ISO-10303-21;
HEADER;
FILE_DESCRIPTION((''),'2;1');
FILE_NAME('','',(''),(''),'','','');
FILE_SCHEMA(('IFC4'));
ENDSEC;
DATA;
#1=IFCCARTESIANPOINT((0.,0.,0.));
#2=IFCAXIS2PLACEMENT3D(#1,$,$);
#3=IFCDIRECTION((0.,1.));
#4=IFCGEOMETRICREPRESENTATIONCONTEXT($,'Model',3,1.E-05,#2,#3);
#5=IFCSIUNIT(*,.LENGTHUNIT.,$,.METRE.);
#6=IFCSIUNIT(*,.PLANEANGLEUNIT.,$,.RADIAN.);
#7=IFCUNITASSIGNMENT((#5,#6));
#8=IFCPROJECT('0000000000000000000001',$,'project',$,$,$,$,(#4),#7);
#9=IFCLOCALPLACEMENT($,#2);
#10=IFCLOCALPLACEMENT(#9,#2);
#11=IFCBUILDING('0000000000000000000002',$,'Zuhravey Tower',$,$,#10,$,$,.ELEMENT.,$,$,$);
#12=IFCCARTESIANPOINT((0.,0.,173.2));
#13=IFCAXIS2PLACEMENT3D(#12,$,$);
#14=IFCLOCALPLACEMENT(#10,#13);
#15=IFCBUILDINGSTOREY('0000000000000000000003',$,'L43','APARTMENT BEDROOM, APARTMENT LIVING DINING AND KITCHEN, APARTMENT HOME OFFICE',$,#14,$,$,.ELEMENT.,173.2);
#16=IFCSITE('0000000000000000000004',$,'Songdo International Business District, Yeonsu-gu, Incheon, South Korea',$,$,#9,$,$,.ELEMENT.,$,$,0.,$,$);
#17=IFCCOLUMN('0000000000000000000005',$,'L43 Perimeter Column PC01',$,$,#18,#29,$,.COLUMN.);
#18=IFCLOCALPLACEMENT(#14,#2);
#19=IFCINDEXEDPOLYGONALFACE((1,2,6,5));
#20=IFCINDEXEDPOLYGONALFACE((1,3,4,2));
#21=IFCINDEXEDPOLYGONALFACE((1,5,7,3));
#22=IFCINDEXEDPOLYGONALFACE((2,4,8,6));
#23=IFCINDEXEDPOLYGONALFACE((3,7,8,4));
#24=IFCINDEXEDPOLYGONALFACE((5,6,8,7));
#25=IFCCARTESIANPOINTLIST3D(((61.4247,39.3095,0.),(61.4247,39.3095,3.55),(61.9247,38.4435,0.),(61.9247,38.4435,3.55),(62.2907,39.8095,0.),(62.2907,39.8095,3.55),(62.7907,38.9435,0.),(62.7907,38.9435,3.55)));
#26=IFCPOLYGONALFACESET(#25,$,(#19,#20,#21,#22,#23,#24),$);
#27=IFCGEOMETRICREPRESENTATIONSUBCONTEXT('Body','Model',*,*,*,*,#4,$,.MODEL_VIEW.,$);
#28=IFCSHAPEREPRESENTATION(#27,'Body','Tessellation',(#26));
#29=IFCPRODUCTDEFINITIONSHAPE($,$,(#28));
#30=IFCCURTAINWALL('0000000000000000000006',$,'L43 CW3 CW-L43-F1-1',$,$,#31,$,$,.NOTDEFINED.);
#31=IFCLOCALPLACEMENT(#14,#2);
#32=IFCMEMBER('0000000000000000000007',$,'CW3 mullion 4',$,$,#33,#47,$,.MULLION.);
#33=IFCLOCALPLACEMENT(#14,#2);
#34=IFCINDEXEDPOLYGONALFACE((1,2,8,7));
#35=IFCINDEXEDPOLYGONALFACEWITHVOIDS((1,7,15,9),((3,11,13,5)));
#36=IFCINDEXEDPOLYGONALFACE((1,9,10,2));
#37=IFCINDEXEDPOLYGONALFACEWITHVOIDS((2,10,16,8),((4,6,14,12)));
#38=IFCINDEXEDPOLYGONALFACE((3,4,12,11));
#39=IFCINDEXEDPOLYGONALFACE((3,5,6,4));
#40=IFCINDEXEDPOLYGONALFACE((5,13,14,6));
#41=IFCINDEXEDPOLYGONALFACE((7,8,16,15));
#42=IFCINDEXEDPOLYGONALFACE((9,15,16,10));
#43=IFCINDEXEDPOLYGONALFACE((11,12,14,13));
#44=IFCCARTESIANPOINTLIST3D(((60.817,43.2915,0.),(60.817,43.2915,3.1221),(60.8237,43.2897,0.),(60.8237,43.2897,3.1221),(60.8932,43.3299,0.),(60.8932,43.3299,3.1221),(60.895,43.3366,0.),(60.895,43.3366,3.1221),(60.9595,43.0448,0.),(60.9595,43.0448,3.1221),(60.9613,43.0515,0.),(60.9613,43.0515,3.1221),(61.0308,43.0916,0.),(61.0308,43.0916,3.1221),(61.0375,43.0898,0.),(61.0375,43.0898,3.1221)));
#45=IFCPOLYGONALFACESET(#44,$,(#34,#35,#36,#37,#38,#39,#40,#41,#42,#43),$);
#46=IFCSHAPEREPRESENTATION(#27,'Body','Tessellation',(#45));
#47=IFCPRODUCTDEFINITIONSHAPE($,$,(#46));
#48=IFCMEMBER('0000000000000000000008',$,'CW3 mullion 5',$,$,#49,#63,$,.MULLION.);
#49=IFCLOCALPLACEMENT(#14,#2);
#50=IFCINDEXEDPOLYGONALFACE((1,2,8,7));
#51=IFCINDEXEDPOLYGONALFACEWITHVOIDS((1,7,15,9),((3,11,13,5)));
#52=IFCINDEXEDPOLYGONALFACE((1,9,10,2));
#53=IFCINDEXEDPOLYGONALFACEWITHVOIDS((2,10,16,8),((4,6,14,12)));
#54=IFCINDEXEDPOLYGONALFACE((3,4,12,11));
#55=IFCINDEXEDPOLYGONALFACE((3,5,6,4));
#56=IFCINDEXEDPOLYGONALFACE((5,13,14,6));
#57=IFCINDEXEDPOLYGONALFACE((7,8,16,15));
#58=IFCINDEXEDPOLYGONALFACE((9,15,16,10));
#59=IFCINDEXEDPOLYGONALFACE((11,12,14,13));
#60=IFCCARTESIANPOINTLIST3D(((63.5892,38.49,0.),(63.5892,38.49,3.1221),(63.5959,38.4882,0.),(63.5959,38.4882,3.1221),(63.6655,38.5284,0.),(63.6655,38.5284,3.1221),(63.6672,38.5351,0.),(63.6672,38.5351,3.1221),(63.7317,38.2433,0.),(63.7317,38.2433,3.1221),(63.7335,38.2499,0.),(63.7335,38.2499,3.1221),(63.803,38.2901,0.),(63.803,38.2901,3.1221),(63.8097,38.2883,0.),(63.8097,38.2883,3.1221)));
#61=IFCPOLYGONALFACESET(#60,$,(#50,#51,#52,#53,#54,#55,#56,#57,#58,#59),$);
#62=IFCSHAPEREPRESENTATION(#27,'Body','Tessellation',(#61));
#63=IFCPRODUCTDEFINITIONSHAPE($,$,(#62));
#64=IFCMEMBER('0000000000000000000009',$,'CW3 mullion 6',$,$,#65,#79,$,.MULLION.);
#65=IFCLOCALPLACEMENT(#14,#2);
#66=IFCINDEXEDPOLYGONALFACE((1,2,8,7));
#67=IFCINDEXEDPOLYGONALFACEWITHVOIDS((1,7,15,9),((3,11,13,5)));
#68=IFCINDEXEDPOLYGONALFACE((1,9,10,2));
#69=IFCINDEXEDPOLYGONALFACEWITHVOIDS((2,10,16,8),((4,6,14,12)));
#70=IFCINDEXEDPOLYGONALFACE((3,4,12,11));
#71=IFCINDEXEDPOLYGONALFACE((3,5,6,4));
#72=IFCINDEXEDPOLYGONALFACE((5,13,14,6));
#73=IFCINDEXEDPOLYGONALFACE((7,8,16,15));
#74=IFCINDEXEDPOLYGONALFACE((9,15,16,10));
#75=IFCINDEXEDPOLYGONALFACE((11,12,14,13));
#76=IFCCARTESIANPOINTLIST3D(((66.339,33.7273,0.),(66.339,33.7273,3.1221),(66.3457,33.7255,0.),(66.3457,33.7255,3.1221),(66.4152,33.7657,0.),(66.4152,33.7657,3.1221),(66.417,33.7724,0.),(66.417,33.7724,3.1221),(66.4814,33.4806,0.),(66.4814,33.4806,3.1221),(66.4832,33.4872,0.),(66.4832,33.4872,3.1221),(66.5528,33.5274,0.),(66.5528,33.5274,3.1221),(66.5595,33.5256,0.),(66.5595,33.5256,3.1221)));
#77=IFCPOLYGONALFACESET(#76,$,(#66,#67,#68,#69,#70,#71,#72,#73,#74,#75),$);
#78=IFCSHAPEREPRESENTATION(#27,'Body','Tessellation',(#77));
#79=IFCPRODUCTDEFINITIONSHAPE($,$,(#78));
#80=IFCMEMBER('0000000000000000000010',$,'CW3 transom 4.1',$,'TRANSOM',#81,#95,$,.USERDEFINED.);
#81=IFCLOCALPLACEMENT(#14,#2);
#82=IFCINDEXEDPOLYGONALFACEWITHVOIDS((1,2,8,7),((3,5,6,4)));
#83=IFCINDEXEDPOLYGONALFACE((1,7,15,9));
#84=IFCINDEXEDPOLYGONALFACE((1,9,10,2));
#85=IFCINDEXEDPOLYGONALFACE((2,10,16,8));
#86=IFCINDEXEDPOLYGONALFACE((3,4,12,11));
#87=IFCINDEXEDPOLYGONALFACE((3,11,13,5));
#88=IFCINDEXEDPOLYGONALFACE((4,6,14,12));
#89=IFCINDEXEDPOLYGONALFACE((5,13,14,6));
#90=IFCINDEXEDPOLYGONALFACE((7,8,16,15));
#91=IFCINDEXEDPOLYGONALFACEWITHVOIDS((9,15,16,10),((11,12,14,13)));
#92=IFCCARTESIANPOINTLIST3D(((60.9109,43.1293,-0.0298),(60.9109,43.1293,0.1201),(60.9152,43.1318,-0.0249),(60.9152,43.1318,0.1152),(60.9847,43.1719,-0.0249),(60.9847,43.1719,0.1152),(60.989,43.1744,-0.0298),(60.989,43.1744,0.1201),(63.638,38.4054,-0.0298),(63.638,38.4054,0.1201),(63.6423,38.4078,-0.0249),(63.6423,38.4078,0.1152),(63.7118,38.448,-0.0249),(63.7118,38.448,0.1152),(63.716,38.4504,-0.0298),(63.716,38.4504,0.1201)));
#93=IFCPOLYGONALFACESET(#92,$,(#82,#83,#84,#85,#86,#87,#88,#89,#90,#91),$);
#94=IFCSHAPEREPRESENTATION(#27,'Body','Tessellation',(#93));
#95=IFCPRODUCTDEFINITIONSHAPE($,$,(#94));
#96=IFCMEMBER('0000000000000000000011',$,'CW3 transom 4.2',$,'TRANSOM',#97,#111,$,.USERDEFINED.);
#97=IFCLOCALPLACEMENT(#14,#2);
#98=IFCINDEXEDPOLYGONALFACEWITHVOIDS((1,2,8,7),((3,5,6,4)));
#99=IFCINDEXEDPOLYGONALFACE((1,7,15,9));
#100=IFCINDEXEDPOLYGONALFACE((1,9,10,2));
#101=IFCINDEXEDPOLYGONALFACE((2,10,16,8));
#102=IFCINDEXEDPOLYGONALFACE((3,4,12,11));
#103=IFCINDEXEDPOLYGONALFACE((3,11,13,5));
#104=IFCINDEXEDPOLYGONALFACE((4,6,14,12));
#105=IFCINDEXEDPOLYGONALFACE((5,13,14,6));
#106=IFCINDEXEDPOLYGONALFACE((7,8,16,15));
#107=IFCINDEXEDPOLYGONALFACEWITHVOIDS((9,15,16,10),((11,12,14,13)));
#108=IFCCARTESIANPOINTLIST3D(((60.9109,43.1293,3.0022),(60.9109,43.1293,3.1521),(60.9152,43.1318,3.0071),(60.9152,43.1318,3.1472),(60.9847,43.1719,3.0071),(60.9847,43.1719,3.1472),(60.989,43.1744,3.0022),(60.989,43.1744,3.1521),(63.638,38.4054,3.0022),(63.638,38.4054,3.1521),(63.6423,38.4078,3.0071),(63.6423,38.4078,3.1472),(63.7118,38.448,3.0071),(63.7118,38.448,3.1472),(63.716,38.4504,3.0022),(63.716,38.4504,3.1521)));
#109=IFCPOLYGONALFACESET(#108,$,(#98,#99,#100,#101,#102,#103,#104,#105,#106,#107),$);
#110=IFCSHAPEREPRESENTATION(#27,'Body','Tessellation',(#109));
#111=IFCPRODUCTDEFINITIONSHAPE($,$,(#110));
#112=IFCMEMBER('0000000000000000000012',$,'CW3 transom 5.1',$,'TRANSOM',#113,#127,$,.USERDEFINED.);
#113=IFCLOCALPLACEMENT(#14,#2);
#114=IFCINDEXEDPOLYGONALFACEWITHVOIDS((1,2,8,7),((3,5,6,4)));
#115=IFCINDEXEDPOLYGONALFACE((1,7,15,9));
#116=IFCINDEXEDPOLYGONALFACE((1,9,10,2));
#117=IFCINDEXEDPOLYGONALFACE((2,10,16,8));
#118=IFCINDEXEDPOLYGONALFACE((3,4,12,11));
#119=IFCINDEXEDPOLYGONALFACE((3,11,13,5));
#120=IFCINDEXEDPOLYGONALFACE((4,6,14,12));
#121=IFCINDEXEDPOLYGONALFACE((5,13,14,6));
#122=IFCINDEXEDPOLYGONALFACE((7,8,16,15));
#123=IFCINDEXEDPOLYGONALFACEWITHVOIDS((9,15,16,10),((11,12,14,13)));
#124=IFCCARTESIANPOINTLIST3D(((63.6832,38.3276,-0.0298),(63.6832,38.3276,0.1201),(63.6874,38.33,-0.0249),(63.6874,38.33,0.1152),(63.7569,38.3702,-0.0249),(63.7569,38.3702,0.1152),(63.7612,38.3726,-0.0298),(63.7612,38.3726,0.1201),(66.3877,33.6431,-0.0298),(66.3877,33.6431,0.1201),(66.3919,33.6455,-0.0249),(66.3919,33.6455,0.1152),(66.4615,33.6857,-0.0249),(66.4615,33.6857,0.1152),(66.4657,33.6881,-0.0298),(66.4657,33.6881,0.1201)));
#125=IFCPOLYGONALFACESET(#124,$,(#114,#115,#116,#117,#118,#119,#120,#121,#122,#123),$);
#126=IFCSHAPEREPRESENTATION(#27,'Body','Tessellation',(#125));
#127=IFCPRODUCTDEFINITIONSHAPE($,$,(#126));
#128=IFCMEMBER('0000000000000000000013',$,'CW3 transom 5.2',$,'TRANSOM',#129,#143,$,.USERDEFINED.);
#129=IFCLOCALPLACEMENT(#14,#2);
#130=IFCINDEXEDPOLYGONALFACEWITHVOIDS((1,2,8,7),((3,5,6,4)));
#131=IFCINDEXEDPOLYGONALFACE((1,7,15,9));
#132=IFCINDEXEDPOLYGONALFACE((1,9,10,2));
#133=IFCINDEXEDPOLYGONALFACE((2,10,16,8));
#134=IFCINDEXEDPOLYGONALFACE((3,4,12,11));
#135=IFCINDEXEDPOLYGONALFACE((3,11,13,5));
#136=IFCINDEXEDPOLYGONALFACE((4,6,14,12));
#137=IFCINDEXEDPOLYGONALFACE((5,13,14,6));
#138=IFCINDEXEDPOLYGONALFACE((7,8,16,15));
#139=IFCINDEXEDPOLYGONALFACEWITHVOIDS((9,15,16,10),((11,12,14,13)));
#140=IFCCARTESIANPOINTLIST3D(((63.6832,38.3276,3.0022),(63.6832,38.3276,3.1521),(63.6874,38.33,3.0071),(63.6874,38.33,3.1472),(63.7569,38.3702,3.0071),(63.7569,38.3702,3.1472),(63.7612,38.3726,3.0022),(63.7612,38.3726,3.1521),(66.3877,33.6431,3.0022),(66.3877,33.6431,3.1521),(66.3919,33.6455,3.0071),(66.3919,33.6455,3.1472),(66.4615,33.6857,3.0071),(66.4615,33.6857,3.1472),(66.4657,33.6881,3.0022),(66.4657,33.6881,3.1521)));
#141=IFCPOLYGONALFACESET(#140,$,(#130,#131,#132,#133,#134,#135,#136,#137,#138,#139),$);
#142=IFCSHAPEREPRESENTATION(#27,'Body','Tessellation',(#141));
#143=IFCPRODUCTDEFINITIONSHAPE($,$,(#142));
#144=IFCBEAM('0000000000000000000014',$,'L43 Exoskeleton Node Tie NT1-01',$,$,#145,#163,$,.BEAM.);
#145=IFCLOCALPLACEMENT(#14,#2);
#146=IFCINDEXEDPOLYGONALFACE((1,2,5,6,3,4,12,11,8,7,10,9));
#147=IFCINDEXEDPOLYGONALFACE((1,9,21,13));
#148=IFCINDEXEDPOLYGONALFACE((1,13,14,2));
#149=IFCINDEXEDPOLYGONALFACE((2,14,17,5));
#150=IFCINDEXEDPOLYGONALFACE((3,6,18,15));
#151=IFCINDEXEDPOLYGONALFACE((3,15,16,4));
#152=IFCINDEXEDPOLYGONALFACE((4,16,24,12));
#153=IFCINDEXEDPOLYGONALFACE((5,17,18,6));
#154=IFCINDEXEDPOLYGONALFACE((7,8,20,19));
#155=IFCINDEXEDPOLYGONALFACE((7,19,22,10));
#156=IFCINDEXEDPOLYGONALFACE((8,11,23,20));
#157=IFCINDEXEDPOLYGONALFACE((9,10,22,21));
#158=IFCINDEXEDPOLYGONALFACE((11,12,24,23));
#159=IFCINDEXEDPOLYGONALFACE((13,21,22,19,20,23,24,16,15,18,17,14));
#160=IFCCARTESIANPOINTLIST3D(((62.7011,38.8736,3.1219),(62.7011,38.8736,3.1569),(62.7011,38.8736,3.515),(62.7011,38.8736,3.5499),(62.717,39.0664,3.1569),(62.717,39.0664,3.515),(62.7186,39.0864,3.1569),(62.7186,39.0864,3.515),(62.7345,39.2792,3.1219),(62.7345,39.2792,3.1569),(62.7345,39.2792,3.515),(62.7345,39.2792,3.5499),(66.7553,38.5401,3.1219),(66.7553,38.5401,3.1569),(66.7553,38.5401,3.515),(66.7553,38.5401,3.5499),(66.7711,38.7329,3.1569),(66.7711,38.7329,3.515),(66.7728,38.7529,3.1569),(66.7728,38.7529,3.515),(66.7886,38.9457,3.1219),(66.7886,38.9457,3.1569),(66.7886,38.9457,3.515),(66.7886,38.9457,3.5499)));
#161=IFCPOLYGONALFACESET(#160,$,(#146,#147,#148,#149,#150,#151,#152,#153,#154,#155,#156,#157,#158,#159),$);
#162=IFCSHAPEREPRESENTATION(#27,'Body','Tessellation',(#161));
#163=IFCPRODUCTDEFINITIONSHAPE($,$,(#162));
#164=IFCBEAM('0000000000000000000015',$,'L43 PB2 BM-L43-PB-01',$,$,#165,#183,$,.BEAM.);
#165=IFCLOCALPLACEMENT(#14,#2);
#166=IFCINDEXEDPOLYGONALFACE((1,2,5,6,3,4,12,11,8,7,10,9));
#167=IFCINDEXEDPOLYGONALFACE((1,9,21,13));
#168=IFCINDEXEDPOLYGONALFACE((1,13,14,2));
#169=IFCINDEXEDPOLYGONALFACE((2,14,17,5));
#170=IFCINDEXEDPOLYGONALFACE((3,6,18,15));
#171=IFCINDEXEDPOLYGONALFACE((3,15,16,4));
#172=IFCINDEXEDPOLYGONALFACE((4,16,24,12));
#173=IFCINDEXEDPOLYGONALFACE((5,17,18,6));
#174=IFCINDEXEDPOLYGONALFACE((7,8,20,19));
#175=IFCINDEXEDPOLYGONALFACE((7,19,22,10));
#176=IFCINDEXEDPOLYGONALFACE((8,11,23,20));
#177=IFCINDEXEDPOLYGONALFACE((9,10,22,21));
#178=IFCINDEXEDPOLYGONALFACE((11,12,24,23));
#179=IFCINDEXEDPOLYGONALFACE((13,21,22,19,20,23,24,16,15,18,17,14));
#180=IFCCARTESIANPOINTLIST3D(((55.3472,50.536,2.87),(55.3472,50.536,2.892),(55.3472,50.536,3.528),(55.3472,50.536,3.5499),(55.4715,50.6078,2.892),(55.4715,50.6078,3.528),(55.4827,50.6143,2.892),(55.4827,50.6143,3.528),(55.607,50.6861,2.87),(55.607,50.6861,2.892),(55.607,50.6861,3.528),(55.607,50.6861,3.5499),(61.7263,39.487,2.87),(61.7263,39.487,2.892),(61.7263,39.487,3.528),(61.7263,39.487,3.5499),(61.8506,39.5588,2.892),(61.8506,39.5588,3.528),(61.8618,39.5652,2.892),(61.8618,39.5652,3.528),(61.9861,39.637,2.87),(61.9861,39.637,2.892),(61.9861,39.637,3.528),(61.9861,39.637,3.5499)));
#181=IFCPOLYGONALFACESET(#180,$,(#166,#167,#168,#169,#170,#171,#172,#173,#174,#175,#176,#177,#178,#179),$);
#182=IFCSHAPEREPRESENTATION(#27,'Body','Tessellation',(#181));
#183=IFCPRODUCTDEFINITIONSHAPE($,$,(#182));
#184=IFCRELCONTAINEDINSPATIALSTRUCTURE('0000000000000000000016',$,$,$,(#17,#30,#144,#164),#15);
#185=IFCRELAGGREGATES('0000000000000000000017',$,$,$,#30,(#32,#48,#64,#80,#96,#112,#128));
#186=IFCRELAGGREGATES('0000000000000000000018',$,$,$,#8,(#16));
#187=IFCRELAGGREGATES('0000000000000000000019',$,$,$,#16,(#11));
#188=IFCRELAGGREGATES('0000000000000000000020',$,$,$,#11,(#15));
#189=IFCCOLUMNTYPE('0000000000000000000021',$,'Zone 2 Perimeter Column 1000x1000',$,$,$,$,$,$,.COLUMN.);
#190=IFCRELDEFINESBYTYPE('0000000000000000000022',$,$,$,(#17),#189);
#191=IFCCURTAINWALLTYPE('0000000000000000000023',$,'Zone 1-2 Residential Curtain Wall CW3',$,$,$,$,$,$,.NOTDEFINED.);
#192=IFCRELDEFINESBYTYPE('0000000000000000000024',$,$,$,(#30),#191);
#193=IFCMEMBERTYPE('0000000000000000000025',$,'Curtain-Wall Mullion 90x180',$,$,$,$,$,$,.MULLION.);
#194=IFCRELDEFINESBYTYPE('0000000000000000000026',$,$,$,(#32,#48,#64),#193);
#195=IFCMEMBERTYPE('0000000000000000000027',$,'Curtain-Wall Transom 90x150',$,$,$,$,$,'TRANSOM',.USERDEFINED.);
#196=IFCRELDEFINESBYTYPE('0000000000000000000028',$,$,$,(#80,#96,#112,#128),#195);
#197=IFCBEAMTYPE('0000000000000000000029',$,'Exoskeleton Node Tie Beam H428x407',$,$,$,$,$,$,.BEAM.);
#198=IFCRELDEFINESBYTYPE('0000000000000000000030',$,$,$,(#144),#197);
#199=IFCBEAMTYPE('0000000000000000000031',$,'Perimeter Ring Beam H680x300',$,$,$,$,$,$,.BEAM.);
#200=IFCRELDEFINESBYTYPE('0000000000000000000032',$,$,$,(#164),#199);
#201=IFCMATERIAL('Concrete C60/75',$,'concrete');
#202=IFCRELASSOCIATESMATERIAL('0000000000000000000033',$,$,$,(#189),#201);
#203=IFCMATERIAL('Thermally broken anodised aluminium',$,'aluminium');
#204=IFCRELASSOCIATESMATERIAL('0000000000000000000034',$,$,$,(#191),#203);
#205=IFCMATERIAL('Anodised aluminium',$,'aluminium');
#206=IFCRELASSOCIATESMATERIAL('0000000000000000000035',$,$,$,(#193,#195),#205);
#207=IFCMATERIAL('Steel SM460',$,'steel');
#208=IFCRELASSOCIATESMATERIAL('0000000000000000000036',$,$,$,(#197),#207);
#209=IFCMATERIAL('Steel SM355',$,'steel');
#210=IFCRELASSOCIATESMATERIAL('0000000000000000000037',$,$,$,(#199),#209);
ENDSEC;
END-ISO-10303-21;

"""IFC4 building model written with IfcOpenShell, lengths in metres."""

from ifc_helpers import new_model, si_unit, direction, frame, origin, origin_2d, place, context, subcontext, project, spatial, rectangle, hollow_rectangle, i_section, extrude, material, material_profile, profile_set, type_object, element, aggregate, save


model = new_model("IFC4")

# Units and contexts
model_context = context("Model", 3, precision=1e-05, world=origin(), true_north=direction((0.0, 1.0)))
body_context = subcontext(model_context, "Body", "Model", "MODEL_VIEW")
ifc_project = project(units=[si_unit("LENGTHUNIT", "METRE"), si_unit("PLANEANGLEUNIT", "RADIAN")], contexts=[model_context])

# Site, building, storey
site_placement = place(None, origin())
site = spatial("IfcSite", under=ifc_project, at=site_placement, Name="Songdo International Business District, Yeonsu-gu, Incheon, South Korea", CompositionType="ELEMENT", RefElevation=0.0)
building_placement = place(site_placement, origin())
building = spatial("IfcBuilding", under=site, at=building_placement, Name="Zuhravey Tower", CompositionType="ELEMENT")
storey_placement = place(building_placement, frame((0.0, 0.0, 173.2)))
storey = spatial("IfcBuildingStorey", under=building, at=storey_placement, Name="L43", Description="APARTMENT BEDROOM, APARTMENT LIVING DINING AND KITCHEN, APARTMENT HOME OFFICE", CompositionType="ELEMENT", Elevation=173.2)

# Column
ifc_material_1 = material(Name="Concrete C60/75", Category="concrete")
ifc_material_profile_1 = material_profile(ifc_material_1, rectangle(XDim=1.0, YDim=1.0, at=origin_2d()), Name="RC-1000x1000")
ifc_profile_set_1 = profile_set([ifc_material_profile_1], Name="Concrete C60/75")
column_type = type_object("IfcColumnType", Name="Zone 2 Perimeter Column 1000x1000", PredefinedType="COLUMN", material=ifc_profile_set_1)
column_placement = place(storey_placement, frame((62.1077, 39.1265, 0.0), z_axis=(0.0, 0.0, 1.0), x_axis=(-0.5, 0.866025, 0.0)))
element("IfcColumn", 1, at=column_placement, inside=storey, type_object=column_type, Name="L43 Perimeter Column PC01", PredefinedType="COLUMN", context=body_context, shape_type="SweptSolid", body=[
    extrude(rectangle(XDim=1.0, YDim=1.0, at=origin_2d()), origin(), (0.0, 0.0, 1.0), 3.55),
])

# Curtain wall, members
ifc_material_2 = material(Name="Thermally broken anodised aluminium", Category="aluminium")
curtain_wall_type = type_object("IfcCurtainWallType", Name="Zone 1-2 Residential Curtain Wall CW3", PredefinedType="NOTDEFINED", material=ifc_material_2)
curtain_wall_placement = place(storey_placement, origin())
curtain_wall = element("IfcCurtainWall", 2, at=curtain_wall_placement, inside=storey, type_object=curtain_wall_type, Name="L43 CW3 CW-L43-F1-1", PredefinedType="NOTDEFINED")
ifc_material_3 = material(Name="Anodised aluminium", Category="aluminium")
ifc_material_profile_2 = material_profile(ifc_material_3, hollow_rectangle(XDim=0.0901, YDim=0.2849, WallThickness=0.0049, at=origin_2d()), Name="ALU-RHS-90x285x5")
ifc_profile_set_2 = profile_set([ifc_material_profile_2], Name="Anodised aluminium")
member_type_1 = type_object("IfcMemberType", Name="Curtain-Wall Mullion 90x180", PredefinedType="MULLION", material=ifc_profile_set_2)
member_1_placement = place(storey_placement, frame((60.9272, 43.1907, 0.0), z_axis=(0.0, 0.0, 1.0), x_axis=(0.866025, 0.5, 0.0)))
member_1 = element("IfcMember", 3, at=member_1_placement, type_object=member_type_1, Name="CW3 mullion 4", PredefinedType="MULLION", context=body_context, shape_type="SweptSolid", body=[
    extrude(hollow_rectangle(XDim=0.0901, YDim=0.2849, WallThickness=0.0049, at=origin_2d()), origin(), (0.0, 0.0, 1.0), 3.1221),
])
member_2_placement = place(storey_placement, frame((63.6995, 38.3892, 0.0), z_axis=(0.0, 0.0, 1.0), x_axis=(0.866025, 0.5, 0.0)))
member_2 = element("IfcMember", 4, at=member_2_placement, type_object=member_type_1, Name="CW3 mullion 5", PredefinedType="MULLION", context=body_context, shape_type="SweptSolid", body=[
    extrude(hollow_rectangle(XDim=0.0901, YDim=0.2849, WallThickness=0.0049, at=origin_2d()), origin(), (0.0, 0.0, 1.0), 3.1221),
])
member_3_placement = place(storey_placement, frame((66.4492, 33.6265, 0.0), z_axis=(0.0, 0.0, 1.0), x_axis=(0.866025, 0.5, 0.0)))
member_3 = element("IfcMember", 5, at=member_3_placement, type_object=member_type_1, Name="CW3 mullion 6", PredefinedType="MULLION", context=body_context, shape_type="SweptSolid", body=[
    extrude(hollow_rectangle(XDim=0.0901, YDim=0.2849, WallThickness=0.0049, at=origin_2d()), origin(), (0.0, 0.0, 1.0), 3.1221),
])
ifc_material_profile_3 = material_profile(ifc_material_3, hollow_rectangle(XDim=0.0901, YDim=0.1499, WallThickness=0.0049, at=origin_2d()), Name="ALU-RHS-90x150x5")
ifc_profile_set_3 = profile_set([ifc_material_profile_3], Name="Anodised aluminium")
member_type_2 = type_object("IfcMemberType", Name="Curtain-Wall Transom 90x150", ElementType="TRANSOM", PredefinedType="USERDEFINED", material=ifc_profile_set_3)
member_4_placement = place(storey_placement, frame((60.95, 43.1519, 0.0452), z_axis=(0.499961, -0.866048, 0.0), x_axis=(0.866048, 0.499961, 0.0)))
member_4 = element("IfcMember", 6, at=member_4_placement, type_object=member_type_2, Name="CW3 transom 4.1", ObjectType="TRANSOM", PredefinedType="USERDEFINED", context=body_context, shape_type="SweptSolid", body=[
    extrude(hollow_rectangle(XDim=0.0901, YDim=0.1499, WallThickness=0.0049, at=origin_2d()), origin(), (0.0, 0.0, 1.0), 5.4546),
])
member_5_placement = place(storey_placement, frame((60.95, 43.1519, 3.0771), z_axis=(0.499961, -0.866048, 0.0), x_axis=(0.866048, 0.499961, 0.0)))
member_5 = element("IfcMember", 7, at=member_5_placement, type_object=member_type_2, Name="CW3 transom 4.2", ObjectType="TRANSOM", PredefinedType="USERDEFINED", context=body_context, shape_type="SweptSolid", body=[
    extrude(hollow_rectangle(XDim=0.0901, YDim=0.1499, WallThickness=0.0049, at=origin_2d()), origin(), (0.0, 0.0, 1.0), 5.4546),
])
member_6_placement = place(storey_placement, frame((63.7222, 38.3501, 0.0452), z_axis=(0.499993, -0.866029, 0.0), x_axis=(0.866029, 0.499993, 0.0)))
member_6 = element("IfcMember", 8, at=member_6_placement, type_object=member_type_2, Name="CW3 transom 5.1", ObjectType="TRANSOM", PredefinedType="USERDEFINED", context=body_context, shape_type="SweptSolid", body=[
    extrude(hollow_rectangle(XDim=0.0901, YDim=0.1499, WallThickness=0.0049, at=origin_2d()), origin(), (0.0, 0.0, 1.0), 5.4092),
])
member_7_placement = place(storey_placement, frame((63.7222, 38.3501, 3.0771), z_axis=(0.499993, -0.866029, 0.0), x_axis=(0.866029, 0.499993, 0.0)))
member_7 = element("IfcMember", 9, at=member_7_placement, type_object=member_type_2, Name="CW3 transom 5.2", ObjectType="TRANSOM", PredefinedType="USERDEFINED", context=body_context, shape_type="SweptSolid", body=[
    extrude(hollow_rectangle(XDim=0.0901, YDim=0.1499, WallThickness=0.0049, at=origin_2d()), origin(), (0.0, 0.0, 1.0), 5.4092),
])

# Beams
ifc_material_4 = material(Name="Steel SM460", Category="steel")
ifc_material_profile_4 = material_profile(ifc_material_4, i_section(OverallWidth=0.407, OverallDepth=0.428, WebThickness=0.02, FlangeThickness=0.0349, at=origin_2d()), Name="H-428x407x20x35")
ifc_profile_set_4 = profile_set([ifc_material_profile_4], Name="Steel SM460")
beam_type_1 = type_object("IfcBeamType", Name="Exoskeleton Node Tie Beam H428x407", PredefinedType="BEAM", material=ifc_profile_set_4)
beam_1_placement = place(storey_placement, frame((62.7178, 39.0764, 3.3359), z_axis=(0.996634, -0.081983, 0.0), x_axis=(0.081983, 0.996634, 0.0)))
element("IfcBeam", 10, at=beam_1_placement, inside=storey, type_object=beam_type_1, Name="L43 Exoskeleton Node Tie NT1-01", PredefinedType="BEAM", context=body_context, shape_type="SweptSolid", body=[
    extrude(i_section(OverallWidth=0.407, OverallDepth=0.428, WebThickness=0.02, FlangeThickness=0.0349, at=origin_2d()), origin(), (0.0, 0.0, 1.0), 4.0679),
])
ifc_material_5 = material(Name="Steel SM355", Category="steel")
ifc_material_profile_5 = material_profile(ifc_material_5, i_section(OverallWidth=0.3, OverallDepth=0.6799, WebThickness=0.0129, FlangeThickness=0.022, at=origin_2d()), Name="H-680x300x13x22")
ifc_profile_set_5 = profile_set([ifc_material_profile_5], Name="Steel SM355")
beam_type_2 = type_object("IfcBeamType", Name="Perimeter Ring Beam H680x300", PredefinedType="BEAM", material=ifc_profile_set_5)
beam_2_placement = place(storey_placement, frame((61.8562, 39.562, 3.21), z_axis=(-0.499998, 0.866027, 0.0), x_axis=(-0.866027, -0.499998, 0.0)))
element("IfcBeam", 11, at=beam_2_placement, inside=storey, type_object=beam_type_2, Name="L43 PB2 BM-L43-PB-01", PredefinedType="BEAM", context=body_context, shape_type="SweptSolid", body=[
    extrude(i_section(OverallWidth=0.3, OverallDepth=0.6799, WebThickness=0.0129, FlangeThickness=0.022, at=origin_2d()), origin(), (0.0, 0.0, 1.0), 12.7583),
])

aggregate(curtain_wall, [member_1, member_2, member_3, member_4, member_5, member_6, member_7])

save(model, "model.ifc")
